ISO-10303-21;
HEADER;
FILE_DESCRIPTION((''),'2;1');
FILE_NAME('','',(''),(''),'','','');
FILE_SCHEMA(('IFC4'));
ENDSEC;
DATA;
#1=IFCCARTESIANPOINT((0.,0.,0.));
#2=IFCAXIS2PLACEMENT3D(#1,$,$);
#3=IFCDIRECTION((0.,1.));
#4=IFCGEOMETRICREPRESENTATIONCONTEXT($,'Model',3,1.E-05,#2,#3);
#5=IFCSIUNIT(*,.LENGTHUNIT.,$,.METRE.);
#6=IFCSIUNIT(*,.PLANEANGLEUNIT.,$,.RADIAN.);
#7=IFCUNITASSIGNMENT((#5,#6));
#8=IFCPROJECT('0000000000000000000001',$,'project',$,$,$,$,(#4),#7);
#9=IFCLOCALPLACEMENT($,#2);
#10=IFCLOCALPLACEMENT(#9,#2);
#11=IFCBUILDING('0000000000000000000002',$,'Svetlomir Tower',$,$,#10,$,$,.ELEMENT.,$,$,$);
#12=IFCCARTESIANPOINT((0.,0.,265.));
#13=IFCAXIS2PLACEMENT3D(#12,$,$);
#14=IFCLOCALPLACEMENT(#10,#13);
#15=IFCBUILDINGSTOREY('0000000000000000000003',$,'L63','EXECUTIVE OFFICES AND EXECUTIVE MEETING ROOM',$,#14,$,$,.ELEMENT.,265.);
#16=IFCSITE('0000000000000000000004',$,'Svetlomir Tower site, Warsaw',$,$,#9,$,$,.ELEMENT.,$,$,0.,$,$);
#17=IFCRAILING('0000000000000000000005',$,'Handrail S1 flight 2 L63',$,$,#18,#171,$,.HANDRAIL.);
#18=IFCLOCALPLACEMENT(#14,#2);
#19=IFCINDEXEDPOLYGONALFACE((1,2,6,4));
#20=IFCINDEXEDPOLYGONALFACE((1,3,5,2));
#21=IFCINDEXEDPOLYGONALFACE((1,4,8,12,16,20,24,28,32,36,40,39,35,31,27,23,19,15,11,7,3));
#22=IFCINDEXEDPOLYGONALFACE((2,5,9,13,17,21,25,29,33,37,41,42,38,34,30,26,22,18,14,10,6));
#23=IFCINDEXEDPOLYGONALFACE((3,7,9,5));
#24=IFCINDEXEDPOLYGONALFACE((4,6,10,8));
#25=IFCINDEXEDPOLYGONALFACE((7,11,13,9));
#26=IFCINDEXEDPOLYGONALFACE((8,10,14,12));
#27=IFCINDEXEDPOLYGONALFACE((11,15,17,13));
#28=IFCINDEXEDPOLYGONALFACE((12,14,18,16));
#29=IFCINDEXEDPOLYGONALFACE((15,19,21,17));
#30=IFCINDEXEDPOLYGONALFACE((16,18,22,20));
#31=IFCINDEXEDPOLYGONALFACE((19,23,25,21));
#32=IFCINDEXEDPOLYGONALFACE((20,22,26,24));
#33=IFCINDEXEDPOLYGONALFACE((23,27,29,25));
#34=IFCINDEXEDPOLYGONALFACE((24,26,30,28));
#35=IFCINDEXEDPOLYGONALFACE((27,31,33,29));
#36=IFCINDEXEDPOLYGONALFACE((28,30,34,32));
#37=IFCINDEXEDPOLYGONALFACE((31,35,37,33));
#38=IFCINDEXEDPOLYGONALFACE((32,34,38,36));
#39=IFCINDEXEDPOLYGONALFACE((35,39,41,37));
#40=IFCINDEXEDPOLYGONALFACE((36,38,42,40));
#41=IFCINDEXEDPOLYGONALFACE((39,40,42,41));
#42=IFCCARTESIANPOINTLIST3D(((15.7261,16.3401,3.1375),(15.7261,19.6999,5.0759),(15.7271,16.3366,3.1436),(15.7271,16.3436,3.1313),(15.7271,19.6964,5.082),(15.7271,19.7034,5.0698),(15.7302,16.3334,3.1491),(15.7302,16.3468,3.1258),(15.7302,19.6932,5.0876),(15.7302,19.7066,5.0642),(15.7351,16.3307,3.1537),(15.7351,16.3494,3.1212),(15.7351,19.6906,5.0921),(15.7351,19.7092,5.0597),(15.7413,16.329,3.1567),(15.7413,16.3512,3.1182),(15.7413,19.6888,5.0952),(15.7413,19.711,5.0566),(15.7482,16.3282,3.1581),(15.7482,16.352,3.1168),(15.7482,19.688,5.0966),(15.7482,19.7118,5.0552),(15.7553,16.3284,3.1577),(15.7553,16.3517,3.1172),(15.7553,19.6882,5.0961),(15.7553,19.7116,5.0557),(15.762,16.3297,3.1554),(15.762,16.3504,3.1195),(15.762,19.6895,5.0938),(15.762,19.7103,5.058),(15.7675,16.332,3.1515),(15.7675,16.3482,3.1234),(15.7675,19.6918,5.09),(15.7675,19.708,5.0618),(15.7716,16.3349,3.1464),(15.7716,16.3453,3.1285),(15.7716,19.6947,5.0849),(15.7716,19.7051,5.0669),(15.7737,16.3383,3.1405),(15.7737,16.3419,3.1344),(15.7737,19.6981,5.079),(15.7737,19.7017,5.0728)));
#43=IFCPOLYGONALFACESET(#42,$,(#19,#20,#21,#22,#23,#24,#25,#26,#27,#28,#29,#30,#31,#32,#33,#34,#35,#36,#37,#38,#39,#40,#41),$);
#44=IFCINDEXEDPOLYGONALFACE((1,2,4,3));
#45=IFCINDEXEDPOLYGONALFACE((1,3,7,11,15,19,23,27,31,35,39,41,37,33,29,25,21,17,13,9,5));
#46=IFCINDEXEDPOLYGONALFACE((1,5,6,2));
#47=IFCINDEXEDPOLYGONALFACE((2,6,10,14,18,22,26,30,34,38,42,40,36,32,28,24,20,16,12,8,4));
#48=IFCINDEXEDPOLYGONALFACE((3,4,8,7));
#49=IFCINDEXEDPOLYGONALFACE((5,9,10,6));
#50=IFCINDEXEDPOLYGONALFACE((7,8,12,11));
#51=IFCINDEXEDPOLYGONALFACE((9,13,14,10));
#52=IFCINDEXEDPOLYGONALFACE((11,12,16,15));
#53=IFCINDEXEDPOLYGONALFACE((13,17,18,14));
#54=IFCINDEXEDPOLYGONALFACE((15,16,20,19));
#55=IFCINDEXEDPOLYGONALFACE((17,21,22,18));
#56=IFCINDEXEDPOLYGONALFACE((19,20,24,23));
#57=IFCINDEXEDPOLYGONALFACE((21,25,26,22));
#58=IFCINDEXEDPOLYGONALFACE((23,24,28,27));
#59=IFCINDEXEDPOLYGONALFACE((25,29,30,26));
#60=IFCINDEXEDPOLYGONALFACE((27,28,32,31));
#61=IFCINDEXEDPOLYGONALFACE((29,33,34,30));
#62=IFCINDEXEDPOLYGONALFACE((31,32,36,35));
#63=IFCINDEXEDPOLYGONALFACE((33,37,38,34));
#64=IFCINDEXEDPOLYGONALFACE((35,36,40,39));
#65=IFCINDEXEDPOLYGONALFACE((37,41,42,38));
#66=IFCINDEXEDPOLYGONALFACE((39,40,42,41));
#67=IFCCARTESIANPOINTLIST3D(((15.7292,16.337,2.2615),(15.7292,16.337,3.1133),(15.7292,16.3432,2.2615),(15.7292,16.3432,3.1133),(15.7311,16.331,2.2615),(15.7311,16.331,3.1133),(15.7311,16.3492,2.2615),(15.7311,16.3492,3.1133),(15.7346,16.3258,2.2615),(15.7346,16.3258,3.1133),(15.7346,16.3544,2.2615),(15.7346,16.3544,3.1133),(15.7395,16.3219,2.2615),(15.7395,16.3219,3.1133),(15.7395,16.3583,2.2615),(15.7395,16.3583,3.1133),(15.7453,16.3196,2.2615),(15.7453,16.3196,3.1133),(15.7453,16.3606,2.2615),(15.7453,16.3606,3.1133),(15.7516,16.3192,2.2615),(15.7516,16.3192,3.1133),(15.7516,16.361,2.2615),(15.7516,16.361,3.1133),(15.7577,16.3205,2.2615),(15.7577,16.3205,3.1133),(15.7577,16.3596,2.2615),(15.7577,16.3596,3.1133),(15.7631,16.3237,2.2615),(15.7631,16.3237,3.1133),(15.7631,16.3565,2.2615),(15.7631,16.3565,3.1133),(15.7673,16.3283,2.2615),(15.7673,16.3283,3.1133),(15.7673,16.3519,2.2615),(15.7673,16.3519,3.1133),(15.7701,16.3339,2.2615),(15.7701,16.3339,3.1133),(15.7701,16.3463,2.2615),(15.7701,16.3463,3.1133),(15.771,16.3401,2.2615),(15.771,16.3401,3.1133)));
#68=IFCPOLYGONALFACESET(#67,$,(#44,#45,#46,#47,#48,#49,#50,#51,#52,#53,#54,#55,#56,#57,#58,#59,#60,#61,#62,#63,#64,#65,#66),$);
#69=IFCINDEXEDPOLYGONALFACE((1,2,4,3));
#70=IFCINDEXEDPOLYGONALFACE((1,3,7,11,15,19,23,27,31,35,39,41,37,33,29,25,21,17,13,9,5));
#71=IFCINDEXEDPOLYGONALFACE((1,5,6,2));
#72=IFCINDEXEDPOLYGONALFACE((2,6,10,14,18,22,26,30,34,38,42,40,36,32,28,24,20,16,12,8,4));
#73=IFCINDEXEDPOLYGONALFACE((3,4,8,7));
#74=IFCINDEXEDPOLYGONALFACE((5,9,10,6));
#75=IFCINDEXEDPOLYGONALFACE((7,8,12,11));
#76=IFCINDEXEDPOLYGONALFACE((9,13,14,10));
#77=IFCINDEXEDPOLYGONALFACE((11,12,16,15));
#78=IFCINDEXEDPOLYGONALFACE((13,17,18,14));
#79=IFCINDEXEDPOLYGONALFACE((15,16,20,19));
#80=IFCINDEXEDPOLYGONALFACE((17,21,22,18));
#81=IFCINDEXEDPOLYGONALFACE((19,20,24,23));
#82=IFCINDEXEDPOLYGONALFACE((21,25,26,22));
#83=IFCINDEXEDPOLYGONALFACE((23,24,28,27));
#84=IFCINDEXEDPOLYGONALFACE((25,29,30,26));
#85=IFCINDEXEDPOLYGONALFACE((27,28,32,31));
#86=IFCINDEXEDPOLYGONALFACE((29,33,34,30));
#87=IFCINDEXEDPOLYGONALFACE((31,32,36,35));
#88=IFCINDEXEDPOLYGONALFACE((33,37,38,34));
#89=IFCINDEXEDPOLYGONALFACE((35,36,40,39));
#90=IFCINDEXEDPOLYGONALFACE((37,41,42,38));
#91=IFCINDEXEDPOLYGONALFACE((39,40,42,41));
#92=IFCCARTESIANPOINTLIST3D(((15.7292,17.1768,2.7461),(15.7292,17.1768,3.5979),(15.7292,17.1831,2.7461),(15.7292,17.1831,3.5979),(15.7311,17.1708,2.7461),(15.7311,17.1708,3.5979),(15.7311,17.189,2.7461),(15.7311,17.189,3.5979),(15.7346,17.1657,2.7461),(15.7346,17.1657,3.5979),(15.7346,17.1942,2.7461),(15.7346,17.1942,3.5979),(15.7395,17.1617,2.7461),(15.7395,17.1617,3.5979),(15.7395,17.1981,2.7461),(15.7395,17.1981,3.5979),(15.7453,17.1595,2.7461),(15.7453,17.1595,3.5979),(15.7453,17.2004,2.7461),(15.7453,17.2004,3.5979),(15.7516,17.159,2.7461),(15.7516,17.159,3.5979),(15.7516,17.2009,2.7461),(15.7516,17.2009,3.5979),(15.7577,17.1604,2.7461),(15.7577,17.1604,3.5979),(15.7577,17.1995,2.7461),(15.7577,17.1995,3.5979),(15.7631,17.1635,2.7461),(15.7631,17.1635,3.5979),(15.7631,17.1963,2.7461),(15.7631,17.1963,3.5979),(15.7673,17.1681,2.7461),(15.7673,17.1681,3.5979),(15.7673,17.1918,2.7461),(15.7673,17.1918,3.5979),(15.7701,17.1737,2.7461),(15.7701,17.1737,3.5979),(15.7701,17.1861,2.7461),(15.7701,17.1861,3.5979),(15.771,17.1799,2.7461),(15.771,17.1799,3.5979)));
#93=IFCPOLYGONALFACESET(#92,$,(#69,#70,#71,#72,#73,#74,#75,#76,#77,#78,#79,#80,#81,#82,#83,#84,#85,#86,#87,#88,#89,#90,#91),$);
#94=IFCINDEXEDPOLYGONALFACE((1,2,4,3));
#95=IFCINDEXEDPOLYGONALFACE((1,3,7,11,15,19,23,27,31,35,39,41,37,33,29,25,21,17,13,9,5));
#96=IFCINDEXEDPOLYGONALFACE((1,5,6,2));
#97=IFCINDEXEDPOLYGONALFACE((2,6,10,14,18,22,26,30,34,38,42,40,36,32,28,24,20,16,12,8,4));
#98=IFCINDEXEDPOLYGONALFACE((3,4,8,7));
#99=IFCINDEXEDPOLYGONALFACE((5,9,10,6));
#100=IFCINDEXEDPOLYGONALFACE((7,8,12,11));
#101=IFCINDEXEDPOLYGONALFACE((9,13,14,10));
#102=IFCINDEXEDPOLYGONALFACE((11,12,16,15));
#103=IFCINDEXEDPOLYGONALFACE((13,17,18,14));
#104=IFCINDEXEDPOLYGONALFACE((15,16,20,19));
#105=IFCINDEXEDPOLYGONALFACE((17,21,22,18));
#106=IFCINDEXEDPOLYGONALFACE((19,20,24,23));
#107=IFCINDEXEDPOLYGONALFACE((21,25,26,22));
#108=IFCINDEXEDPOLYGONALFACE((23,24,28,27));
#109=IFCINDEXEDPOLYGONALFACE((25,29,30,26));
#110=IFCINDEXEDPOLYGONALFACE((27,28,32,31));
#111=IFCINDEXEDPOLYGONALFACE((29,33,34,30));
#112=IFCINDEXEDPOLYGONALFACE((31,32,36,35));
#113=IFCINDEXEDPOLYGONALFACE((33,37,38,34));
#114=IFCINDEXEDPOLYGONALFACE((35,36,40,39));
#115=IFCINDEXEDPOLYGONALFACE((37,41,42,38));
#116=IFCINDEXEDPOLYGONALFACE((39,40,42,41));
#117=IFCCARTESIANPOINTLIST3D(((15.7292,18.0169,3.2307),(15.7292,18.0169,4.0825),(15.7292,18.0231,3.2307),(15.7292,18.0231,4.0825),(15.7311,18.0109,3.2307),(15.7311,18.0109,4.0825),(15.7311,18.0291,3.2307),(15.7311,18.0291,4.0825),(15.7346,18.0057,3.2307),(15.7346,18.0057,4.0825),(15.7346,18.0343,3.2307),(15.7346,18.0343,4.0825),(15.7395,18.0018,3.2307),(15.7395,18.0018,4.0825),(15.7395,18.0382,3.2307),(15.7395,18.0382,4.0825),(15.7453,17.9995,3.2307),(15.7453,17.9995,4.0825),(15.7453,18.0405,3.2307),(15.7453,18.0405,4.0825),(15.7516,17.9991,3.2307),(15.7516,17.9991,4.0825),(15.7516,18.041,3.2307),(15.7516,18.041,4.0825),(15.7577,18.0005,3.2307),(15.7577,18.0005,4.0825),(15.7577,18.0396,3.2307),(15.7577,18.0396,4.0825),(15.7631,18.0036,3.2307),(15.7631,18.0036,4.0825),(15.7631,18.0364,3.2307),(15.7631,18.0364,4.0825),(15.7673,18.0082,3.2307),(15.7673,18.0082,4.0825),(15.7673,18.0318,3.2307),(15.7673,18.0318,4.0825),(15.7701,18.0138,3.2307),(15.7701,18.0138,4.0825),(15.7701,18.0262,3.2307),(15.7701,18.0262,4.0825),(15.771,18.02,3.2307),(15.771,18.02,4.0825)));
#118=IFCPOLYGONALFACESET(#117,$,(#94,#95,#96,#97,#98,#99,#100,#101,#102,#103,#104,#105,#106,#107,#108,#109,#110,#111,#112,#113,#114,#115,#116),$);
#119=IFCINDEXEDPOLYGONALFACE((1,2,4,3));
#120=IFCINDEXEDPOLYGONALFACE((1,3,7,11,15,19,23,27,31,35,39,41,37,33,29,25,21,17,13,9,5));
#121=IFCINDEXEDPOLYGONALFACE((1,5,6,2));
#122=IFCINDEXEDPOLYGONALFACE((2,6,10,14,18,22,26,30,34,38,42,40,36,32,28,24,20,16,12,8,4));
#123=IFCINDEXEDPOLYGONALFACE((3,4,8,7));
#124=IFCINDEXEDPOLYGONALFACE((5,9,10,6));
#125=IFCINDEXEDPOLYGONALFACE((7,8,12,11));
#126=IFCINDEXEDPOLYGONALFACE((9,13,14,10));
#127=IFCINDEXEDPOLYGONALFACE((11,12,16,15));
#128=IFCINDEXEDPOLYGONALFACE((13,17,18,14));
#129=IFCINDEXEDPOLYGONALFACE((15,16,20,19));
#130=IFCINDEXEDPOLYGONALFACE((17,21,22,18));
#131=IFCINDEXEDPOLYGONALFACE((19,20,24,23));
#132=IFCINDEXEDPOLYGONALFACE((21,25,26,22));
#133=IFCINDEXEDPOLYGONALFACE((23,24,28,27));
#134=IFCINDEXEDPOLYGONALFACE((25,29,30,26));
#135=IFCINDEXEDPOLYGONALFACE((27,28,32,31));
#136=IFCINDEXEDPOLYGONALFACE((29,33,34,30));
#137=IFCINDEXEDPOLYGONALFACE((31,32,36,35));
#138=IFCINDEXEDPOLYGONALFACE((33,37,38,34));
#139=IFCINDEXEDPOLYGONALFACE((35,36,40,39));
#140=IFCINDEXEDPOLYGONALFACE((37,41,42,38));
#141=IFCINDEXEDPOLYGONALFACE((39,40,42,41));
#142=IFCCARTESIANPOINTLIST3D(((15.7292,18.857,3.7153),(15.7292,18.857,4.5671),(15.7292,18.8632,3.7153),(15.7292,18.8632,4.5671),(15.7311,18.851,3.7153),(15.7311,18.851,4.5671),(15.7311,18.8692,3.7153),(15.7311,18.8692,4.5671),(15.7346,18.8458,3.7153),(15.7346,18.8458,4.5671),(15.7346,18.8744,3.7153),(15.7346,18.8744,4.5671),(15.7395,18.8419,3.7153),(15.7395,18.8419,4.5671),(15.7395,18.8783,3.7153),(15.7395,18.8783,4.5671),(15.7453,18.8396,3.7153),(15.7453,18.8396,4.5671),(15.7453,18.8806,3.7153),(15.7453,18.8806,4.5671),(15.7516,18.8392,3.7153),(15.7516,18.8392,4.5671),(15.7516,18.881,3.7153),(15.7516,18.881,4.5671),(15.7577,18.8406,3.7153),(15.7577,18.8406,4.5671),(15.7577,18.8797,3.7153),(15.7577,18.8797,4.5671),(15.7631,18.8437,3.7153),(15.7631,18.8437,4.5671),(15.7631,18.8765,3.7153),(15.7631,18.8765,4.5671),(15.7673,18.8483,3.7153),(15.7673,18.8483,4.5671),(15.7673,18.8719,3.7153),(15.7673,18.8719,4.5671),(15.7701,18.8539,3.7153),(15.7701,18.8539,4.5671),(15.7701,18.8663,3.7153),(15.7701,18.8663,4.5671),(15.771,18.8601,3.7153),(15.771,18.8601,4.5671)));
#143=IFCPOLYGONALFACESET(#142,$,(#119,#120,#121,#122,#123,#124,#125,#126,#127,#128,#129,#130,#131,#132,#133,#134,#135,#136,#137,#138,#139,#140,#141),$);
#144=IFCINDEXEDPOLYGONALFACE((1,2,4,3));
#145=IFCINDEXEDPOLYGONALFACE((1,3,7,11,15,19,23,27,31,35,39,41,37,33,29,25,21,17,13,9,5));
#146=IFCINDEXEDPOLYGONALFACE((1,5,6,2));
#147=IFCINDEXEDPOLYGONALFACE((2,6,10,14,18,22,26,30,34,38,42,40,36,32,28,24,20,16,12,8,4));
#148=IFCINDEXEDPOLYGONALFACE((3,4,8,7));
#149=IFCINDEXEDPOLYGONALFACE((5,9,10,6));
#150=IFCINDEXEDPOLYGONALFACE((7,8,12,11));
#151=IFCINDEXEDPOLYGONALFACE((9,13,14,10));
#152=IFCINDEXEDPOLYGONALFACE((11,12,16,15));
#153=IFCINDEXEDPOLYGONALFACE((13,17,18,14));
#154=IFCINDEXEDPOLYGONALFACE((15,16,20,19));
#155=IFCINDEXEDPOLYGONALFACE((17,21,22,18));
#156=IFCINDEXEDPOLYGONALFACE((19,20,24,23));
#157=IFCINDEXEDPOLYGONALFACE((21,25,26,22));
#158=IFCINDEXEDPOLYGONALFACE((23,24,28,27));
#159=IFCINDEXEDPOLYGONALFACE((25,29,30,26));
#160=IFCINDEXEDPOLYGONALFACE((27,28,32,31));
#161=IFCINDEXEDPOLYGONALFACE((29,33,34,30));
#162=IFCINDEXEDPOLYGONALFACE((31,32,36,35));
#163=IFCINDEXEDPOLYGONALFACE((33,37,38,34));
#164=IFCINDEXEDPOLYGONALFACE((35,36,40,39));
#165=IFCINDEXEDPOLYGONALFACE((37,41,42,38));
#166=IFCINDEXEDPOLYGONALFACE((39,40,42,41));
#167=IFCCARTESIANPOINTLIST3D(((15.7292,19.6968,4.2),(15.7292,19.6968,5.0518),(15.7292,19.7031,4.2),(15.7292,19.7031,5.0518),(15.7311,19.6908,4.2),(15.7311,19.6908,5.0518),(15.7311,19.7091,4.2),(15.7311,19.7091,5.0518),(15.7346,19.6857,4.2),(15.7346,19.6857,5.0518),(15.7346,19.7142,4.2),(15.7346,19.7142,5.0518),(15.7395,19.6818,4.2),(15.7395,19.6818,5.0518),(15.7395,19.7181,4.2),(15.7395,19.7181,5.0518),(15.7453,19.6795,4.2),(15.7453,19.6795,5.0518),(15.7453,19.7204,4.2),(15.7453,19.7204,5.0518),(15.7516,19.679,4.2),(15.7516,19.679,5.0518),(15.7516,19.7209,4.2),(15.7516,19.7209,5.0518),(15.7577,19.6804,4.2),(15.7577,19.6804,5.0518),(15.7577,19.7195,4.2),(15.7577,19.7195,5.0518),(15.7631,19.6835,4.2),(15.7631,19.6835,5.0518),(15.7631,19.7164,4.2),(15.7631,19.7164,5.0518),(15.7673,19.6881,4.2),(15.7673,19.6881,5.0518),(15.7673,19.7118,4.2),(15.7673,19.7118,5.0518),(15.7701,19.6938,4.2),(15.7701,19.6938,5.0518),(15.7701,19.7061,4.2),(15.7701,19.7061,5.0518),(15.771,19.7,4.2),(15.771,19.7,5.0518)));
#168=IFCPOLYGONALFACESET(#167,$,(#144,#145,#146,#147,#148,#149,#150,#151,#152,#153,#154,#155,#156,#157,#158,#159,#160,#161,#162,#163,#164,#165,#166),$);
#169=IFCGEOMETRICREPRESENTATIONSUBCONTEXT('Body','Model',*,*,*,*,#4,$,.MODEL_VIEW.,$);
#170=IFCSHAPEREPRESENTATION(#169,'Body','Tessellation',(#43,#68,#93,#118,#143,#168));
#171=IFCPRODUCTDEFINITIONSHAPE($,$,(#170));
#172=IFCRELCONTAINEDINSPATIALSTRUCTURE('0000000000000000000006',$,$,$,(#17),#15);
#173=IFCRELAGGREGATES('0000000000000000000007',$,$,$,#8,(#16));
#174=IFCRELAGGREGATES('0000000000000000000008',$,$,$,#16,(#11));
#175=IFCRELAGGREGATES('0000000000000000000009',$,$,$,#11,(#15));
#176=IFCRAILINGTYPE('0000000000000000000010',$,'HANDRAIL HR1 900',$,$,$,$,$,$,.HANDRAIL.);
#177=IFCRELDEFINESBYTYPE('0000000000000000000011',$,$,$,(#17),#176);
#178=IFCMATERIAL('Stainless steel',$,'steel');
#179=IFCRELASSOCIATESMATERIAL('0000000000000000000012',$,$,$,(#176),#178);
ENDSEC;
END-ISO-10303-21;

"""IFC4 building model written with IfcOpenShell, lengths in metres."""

from ifc_helpers import new_model, si_unit, direction, frame, origin, origin_2d, place, context, subcontext, project, spatial, circle, extrude, material, type_object, element, save


model = new_model("IFC4")

# Units and contexts
model_context = context("Model", 3, precision=1e-05, world=origin(), true_north=direction((0.0, 1.0)))
body_context = subcontext(model_context, "Body", "Model", "MODEL_VIEW")
ifc_project = project(units=[si_unit("LENGTHUNIT", "METRE"), si_unit("PLANEANGLEUNIT", "RADIAN")], contexts=[model_context])

# Site, building, storey
site_placement = place(None, origin())
site = spatial("IfcSite", under=ifc_project, at=site_placement, Name="Svetlomir Tower site, Warsaw", CompositionType="ELEMENT", RefElevation=0.0)
building_placement = place(site_placement, origin())
building = spatial("IfcBuilding", under=site, at=building_placement, Name="Svetlomir Tower", CompositionType="ELEMENT")
storey_placement = place(building_placement, frame((0.0, 0.0, 265.0)))
storey = spatial("IfcBuildingStorey", under=building, at=storey_placement, Name="L63", Description="EXECUTIVE OFFICES AND EXECUTIVE MEETING ROOM", CompositionType="ELEMENT", Elevation=265.0)

# Railing
ifc_material_1 = material(Name="Stainless steel", Category="steel")
railing_type = type_object("IfcRailingType", Name="HANDRAIL HR1 900", PredefinedType="HANDRAIL", material=ifc_material_1)
railing_placement = place(storey_placement, frame((15.75, 16.3401, 2.2615)))
element("IfcRailing", 1, at=railing_placement, inside=storey, type_object=railing_type, Name="Handrail S1 flight 2 L63", PredefinedType="HANDRAIL", context=body_context, shape_type="SweptSolid", body=[
    extrude(circle(Radius=0.0239, at=origin_2d()), frame((0.0, 0.0, 0.876), z_axis=(0.0, 0.866175, 0.499741), x_axis=(-1.0, 0.0, 0.0)), (0.0, 0.0, 1.0), 3.8789),
    extrude(circle(Radius=0.021, at=origin_2d()), origin(), (0.0, 0.0, 1.0), 0.8518),
    extrude(circle(Radius=0.021, at=origin_2d()), frame((0.0, 0.8398, 0.4846)), (0.0, 0.0, 1.0), 0.8518),
    extrude(circle(Radius=0.021, at=origin_2d()), frame((0.0, 1.6799, 0.9692)), (0.0, 0.0, 1.0), 0.8518),
    extrude(circle(Radius=0.021, at=origin_2d()), frame((0.0, 2.52, 1.4539)), (0.0, 0.0, 1.0), 0.8518),
    extrude(circle(Radius=0.021, at=origin_2d()), frame((0.0, 3.3599, 1.9385)), (0.0, 0.0, 1.0), 0.8518),
])

save(model, "model.ifc")
